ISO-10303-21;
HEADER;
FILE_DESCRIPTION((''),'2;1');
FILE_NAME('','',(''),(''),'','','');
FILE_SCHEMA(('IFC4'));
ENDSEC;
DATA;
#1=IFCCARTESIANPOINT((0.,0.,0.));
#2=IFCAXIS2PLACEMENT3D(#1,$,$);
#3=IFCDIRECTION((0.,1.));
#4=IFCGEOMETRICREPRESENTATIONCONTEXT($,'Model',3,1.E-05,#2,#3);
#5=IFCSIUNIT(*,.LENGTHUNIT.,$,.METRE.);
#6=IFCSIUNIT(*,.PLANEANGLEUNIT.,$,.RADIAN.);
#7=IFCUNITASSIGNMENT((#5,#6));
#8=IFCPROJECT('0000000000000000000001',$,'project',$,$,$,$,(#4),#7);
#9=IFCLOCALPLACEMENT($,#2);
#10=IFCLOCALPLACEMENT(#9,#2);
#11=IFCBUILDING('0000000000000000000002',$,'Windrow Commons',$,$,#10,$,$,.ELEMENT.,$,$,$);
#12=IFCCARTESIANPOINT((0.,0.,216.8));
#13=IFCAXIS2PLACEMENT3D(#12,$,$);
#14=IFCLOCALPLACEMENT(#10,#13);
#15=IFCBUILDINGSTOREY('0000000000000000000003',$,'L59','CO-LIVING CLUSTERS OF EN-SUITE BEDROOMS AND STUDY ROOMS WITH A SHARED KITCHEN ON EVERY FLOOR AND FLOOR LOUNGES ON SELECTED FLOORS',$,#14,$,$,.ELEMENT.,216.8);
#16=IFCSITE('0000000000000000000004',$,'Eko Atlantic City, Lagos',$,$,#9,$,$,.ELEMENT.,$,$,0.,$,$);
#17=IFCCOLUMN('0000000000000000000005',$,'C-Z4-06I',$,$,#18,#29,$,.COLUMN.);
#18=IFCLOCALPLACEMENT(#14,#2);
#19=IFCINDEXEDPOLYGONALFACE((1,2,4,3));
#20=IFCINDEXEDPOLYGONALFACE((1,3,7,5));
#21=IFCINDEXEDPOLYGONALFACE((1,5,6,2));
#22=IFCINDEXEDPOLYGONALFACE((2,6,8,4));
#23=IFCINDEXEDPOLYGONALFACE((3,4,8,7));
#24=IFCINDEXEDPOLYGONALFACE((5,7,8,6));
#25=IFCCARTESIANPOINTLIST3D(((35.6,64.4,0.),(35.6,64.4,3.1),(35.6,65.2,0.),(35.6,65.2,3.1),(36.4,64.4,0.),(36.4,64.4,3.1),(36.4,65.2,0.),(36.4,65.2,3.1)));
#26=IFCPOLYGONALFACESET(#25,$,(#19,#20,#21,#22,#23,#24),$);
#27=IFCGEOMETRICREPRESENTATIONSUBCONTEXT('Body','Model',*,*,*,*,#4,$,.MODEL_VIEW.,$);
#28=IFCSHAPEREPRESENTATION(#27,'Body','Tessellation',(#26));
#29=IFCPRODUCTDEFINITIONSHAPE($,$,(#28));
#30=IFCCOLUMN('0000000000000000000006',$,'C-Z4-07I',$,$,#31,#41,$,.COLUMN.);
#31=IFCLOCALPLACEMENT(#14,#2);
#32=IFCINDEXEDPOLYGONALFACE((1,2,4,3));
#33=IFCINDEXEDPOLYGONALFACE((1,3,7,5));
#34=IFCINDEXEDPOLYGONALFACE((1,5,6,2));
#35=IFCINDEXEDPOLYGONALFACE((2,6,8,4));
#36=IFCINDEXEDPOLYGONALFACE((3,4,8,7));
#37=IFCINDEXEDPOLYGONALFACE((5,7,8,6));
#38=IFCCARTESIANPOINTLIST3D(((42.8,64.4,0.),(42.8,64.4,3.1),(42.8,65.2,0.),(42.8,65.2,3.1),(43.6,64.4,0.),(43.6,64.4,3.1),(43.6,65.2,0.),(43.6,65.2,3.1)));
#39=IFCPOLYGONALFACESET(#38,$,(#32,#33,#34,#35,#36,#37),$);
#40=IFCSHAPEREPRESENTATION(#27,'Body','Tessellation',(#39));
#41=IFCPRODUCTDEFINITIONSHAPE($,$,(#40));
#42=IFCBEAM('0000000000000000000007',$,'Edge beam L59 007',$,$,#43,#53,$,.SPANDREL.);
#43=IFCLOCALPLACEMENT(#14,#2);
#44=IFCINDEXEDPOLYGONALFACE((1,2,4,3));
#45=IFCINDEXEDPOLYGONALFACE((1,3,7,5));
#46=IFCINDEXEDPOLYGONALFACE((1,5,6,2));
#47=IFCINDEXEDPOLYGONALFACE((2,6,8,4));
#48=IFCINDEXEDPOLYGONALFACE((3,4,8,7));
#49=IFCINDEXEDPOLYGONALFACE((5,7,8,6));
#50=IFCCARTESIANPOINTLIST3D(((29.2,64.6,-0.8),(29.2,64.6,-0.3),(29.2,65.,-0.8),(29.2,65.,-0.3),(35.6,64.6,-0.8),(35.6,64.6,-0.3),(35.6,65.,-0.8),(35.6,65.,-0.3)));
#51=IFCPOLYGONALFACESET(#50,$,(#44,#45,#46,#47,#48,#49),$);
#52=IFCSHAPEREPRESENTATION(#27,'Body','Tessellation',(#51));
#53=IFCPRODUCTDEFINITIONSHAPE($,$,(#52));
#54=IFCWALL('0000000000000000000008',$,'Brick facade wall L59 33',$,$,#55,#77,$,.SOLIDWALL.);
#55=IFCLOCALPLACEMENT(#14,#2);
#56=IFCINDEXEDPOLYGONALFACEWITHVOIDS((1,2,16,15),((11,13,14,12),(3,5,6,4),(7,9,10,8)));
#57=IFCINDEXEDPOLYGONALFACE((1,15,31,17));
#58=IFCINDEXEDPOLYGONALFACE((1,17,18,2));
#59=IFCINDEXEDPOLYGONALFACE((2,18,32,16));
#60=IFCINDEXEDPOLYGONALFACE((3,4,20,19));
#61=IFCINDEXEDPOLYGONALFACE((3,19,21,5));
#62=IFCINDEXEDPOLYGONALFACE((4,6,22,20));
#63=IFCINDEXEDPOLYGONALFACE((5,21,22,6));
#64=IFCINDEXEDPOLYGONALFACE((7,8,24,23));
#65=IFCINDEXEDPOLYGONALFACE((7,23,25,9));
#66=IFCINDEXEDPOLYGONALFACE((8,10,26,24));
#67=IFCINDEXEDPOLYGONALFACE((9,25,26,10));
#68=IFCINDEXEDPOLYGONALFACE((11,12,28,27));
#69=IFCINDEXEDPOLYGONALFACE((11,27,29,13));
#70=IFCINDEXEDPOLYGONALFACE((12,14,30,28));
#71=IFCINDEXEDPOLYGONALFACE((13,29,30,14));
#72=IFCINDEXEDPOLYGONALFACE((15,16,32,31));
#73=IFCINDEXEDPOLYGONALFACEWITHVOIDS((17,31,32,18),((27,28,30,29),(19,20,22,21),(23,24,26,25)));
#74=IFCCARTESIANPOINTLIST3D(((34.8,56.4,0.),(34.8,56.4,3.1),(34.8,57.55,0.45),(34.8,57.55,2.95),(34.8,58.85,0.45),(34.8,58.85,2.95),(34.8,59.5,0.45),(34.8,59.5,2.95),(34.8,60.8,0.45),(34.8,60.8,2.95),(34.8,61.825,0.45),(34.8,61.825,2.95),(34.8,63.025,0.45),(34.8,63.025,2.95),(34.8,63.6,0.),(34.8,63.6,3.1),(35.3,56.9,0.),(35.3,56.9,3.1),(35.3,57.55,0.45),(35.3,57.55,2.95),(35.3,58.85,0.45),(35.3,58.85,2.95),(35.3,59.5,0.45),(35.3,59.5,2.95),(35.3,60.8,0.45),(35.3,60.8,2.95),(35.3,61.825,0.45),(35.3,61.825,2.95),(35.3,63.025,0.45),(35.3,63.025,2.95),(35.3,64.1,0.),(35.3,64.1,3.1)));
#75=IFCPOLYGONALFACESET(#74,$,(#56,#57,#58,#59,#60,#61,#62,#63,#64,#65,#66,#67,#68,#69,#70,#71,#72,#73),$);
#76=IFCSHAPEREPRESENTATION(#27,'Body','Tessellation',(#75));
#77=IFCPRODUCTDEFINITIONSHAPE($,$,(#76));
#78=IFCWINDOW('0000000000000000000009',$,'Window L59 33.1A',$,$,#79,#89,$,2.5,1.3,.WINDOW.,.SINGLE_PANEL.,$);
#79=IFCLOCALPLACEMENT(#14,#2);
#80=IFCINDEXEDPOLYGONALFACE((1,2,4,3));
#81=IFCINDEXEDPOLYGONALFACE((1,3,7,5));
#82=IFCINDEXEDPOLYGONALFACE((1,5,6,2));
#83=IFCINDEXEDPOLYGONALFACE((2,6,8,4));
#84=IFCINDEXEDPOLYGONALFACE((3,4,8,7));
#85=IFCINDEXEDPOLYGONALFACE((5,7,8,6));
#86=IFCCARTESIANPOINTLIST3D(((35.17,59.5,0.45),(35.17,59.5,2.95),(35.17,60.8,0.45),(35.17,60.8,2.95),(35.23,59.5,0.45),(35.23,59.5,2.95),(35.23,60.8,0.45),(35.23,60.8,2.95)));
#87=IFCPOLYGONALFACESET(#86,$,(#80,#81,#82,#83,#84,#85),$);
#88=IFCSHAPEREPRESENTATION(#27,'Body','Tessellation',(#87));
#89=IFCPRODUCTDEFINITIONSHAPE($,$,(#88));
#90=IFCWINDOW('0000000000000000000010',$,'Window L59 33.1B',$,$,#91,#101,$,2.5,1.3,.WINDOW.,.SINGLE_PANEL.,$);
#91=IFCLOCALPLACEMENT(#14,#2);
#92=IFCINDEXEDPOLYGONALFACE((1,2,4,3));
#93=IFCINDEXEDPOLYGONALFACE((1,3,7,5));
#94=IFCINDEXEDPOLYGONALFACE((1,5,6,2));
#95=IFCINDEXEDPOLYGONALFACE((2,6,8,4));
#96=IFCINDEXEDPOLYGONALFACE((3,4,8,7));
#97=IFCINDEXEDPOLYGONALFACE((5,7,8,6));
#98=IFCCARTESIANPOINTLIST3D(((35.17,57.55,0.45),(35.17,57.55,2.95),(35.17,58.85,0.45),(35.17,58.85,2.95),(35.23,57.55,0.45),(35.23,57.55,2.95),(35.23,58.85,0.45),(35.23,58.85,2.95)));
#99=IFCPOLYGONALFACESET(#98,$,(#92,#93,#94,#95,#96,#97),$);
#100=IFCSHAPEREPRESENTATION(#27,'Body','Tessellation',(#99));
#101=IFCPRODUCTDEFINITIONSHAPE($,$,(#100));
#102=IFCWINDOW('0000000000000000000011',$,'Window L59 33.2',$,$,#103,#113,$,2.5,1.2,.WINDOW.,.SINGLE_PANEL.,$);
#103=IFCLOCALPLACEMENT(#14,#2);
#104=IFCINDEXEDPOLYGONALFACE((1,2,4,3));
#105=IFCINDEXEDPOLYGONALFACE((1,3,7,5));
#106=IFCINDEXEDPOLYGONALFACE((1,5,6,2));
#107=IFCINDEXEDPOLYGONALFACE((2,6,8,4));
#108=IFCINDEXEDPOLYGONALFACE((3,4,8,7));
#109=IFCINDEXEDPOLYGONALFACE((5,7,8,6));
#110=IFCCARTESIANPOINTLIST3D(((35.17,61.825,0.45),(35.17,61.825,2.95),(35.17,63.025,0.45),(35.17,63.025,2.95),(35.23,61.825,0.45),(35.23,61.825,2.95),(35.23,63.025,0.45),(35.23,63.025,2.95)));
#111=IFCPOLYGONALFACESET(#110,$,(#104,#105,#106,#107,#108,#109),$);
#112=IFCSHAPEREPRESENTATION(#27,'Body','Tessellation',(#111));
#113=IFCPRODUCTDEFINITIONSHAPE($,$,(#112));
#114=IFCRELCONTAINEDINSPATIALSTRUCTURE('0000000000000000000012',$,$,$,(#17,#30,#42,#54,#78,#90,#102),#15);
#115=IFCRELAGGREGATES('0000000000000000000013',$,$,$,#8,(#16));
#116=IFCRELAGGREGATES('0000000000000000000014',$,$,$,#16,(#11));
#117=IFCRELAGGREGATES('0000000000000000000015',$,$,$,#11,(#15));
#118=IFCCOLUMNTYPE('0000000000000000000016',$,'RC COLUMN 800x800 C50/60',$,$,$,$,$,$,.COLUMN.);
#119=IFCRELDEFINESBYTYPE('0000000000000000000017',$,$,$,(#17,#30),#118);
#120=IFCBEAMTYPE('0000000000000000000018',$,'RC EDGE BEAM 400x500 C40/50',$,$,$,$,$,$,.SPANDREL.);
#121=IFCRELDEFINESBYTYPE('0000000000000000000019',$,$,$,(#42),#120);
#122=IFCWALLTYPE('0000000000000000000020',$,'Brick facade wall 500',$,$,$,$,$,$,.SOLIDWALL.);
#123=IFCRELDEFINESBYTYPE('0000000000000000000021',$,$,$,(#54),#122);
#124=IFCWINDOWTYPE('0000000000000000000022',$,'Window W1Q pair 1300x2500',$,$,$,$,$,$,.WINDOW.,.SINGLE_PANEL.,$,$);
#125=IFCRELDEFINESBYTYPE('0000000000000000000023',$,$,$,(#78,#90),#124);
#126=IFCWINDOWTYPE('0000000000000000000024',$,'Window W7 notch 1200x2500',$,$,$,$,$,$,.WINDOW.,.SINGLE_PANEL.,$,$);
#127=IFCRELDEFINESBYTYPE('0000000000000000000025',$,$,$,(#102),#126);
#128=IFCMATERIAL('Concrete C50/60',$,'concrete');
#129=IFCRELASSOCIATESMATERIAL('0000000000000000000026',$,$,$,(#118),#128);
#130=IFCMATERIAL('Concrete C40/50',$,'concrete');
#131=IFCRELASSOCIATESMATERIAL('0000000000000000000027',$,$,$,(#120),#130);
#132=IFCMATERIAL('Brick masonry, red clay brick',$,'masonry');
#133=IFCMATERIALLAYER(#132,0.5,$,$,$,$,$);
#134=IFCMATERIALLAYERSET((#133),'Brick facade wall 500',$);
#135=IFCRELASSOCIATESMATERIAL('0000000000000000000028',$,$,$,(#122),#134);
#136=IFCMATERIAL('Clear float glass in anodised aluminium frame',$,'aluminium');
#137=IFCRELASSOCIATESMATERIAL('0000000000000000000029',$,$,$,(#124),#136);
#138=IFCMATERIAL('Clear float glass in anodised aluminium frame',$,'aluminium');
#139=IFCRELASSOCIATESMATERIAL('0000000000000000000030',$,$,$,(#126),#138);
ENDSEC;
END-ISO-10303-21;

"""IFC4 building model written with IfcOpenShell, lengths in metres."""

from ifc_helpers import new_model, si_unit, direction, frame, frame_2d, origin, origin_2d, place, context, subcontext, project, spatial, polyline, rectangle, outline, extrude, material, layer, layer_set, material_profile, profile_set, type_object, element, fill, save


model = new_model("IFC4")

# Units and contexts
model_context = context("Model", 3, precision=1e-05, world=origin(), true_north=direction((0.0, 1.0)))
body_context = subcontext(model_context, "Body", "Model", "MODEL_VIEW")
ifc_project = project(units=[si_unit("LENGTHUNIT", "METRE"), si_unit("PLANEANGLEUNIT", "RADIAN")], contexts=[model_context])

# Site, building, storey
site_placement = place(None, origin())
site = spatial("IfcSite", under=ifc_project, at=site_placement, Name="Eko Atlantic City, Lagos", CompositionType="ELEMENT", RefElevation=0.0)
building_placement = place(site_placement, origin())
building = spatial("IfcBuilding", under=site, at=building_placement, Name="Windrow Commons", CompositionType="ELEMENT")
storey_placement = place(building_placement, frame((0.0, 0.0, 216.8)))
storey = spatial("IfcBuildingStorey", under=building, at=storey_placement, Name="L59", Description="CO-LIVING CLUSTERS OF EN-SUITE BEDROOMS AND STUDY ROOMS WITH A SHARED KITCHEN ON EVERY FLOOR AND FLOOR LOUNGES ON SELECTED FLOORS", CompositionType="ELEMENT", Elevation=216.8)

# Columns
ifc_material_1 = material(Name="Concrete C50/60", Category="concrete")
ifc_material_profile_1 = material_profile(ifc_material_1, rectangle(XDim=0.8, YDim=0.8, at=origin_2d()))
ifc_profile_set_1 = profile_set([ifc_material_profile_1], Name="Concrete C50/60")
column_type = type_object("IfcColumnType", Name="RC COLUMN 800x800 C50/60", PredefinedType="COLUMN", material=ifc_profile_set_1)
for number, where, z_axis, x_axis, name in (
    (1, (36.0, 64.8, 0.0), (0.0, 0.0, 1.0), (1.0, 0.0, 0.0), "C-Z4-06I"),
    (2, (43.2, 64.8, 0.0), (0.0, 0.0, 1.0), (1.0, 0.0, 0.0), "C-Z4-07I"),
):
    element("IfcColumn", number, at=place(storey_placement, frame(where, z_axis=z_axis, x_axis=x_axis)), inside=storey, type_object=column_type, Name=name, PredefinedType="COLUMN", context=body_context, shape_type="SweptSolid", body=[
        extrude(rectangle(XDim=0.8, YDim=0.8, at=origin_2d()), origin(), (0.0, 0.0, 1.0), 3.1),
    ])

# Beam
ifc_material_2 = material(Name="Concrete C40/50", Category="concrete")
ifc_material_profile_2 = material_profile(ifc_material_2, rectangle(XDim=0.4, YDim=0.5, at=origin_2d()))
ifc_profile_set_2 = profile_set([ifc_material_profile_2], Name="Concrete C40/50")
beam_type = type_object("IfcBeamType", Name="RC EDGE BEAM 400x500 C40/50", PredefinedType="SPANDREL", material=ifc_profile_set_2)
beam_placement = place(storey_placement, frame((35.6, 64.8, -0.55), z_axis=(-1.0, 0.0, 0.0), x_axis=(0.0, -1.0, 0.0)))
element("IfcBeam", 3, at=beam_placement, inside=storey, type_object=beam_type, Name="Edge beam L59 007", PredefinedType="SPANDREL", context=body_context, shape_type="SweptSolid", body=[
    extrude(rectangle(XDim=0.4, YDim=0.5, at=origin_2d()), origin(), (0.0, 0.0, 1.0), 6.4),
])

# Wall, openings, windows
ifc_material_3 = material(Name="Brick masonry, red clay brick", Category="masonry")
ifc_layer_1 = layer(ifc_material_3, 0.5)
ifc_layer_set_1 = layer_set([ifc_layer_1], Name="Brick facade wall 500")
wall_type_1 = type_object("IfcWallType", Name="Brick facade wall 500", PredefinedType="SOLIDWALL", material=ifc_layer_set_1)
wall_1_placement = place(storey_placement, frame((35.05, 63.85, 0.0), z_axis=(0.0, 0.0, 1.0), x_axis=(0.0, -1.0, 0.0)))
wall_1 = element("IfcWall", 4, at=wall_1_placement, inside=storey, type_object=wall_type_1, Name="Brick facade wall L59 33", PredefinedType="SOLIDWALL", context=body_context, shape_type="SweptSolid", body=[
    extrude(outline(polyline([(0.25, -0.25), (7.45, -0.25), (6.95, 0.25), (-0.25, 0.25), (0.25, -0.25)])), origin(), (0.0, 0.0, 1.0), 3.1),
])
opening_1_placement = place(wall_1_placement, frame((3.05, 0.0, 0.45)))
opening_1 = element("IfcOpeningElement", 5, at=opening_1_placement, cuts=wall_1, PredefinedType="OPENING", context=body_context, shape_type="SweptSolid", body=[
    extrude(rectangle(XDim=1.3, YDim=2.5, at=frame_2d((0.65, 1.25))), frame((0.0, 0.26, 0.0), z_axis=(0.0, -1.0, 0.0), x_axis=(1.0, 0.0, 0.0)), (0.0, 0.0, 1.0), 0.52),
])
opening_2_placement = place(wall_1_placement, frame((5.0, 0.0, 0.45)))
opening_2 = element("IfcOpeningElement", 6, at=opening_2_placement, cuts=wall_1, PredefinedType="OPENING", context=body_context, shape_type="SweptSolid", body=[
    extrude(rectangle(XDim=1.3, YDim=2.5, at=frame_2d((0.65, 1.25))), frame((0.0, 0.26, 0.0), z_axis=(0.0, -1.0, 0.0), x_axis=(1.0, 0.0, 0.0)), (0.0, 0.0, 1.0), 0.52),
])
opening_3_placement = place(wall_1_placement, frame((0.825, 0.0, 0.45)))
opening_3 = element("IfcOpeningElement", 7, at=opening_3_placement, cuts=wall_1, PredefinedType="OPENING", context=body_context, shape_type="SweptSolid", body=[
    extrude(rectangle(XDim=1.2, YDim=2.5, at=frame_2d((0.6, 1.25))), frame((0.0, 0.26, 0.0), z_axis=(0.0, -1.0, 0.0), x_axis=(1.0, 0.0, 0.0)), (0.0, 0.0, 1.0), 0.52),
])
ifc_material_4 = material(Name="Clear float glass in anodised aluminium frame", Category="aluminium")
window_type_1 = type_object("IfcWindowType", Name="Window W1Q pair 1300x2500", PartitioningType="SINGLE_PANEL", PredefinedType="WINDOW", material=ifc_material_4)
window_1_placement = place(opening_1_placement, origin())
window_1 = element("IfcWindow", 8, at=window_1_placement, inside=storey, type_object=window_type_1, Name="Window L59 33.1A", OverallHeight=2.5, OverallWidth=1.3, PartitioningType="SINGLE_PANEL", PredefinedType="WINDOW", context=body_context, shape_type="SweptSolid", body=[
    extrude(rectangle(XDim=1.3, YDim=2.5, at=frame_2d((0.65, 1.25))), frame((0.0, 0.18, 0.0), z_axis=(0.0, -1.0, 0.0), x_axis=(1.0, 0.0, 0.0)), (0.0, 0.0, 1.0), 0.06),
])
fill(opening_1, window_1)
window_2_placement = place(opening_2_placement, origin())
window_2 = element("IfcWindow", 9, at=window_2_placement, inside=storey, type_object=window_type_1, Name="Window L59 33.1B", OverallHeight=2.5, OverallWidth=1.3, PartitioningType="SINGLE_PANEL", PredefinedType="WINDOW", context=body_context, shape_type="SweptSolid", body=[
    extrude(rectangle(XDim=1.3, YDim=2.5, at=frame_2d((0.65, 1.25))), frame((0.0, 0.18, 0.0), z_axis=(0.0, -1.0, 0.0), x_axis=(1.0, 0.0, 0.0)), (0.0, 0.0, 1.0), 0.06),
])
fill(opening_2, window_2)
ifc_material_5 = material(Name="Clear float glass in anodised aluminium frame", Category="aluminium")
window_type_2 = type_object("IfcWindowType", Name="Window W7 notch 1200x2500", PartitioningType="SINGLE_PANEL", PredefinedType="WINDOW", material=ifc_material_5)
window_3_placement = place(opening_3_placement, origin())
window_3 = element("IfcWindow", 10, at=window_3_placement, inside=storey, type_object=window_type_2, Name="Window L59 33.2", OverallHeight=2.5, OverallWidth=1.2, PartitioningType="SINGLE_PANEL", PredefinedType="WINDOW", context=body_context, shape_type="SweptSolid", body=[
    extrude(rectangle(XDim=1.2, YDim=2.5, at=frame_2d((0.6, 1.25))), frame((0.0, 0.18, 0.0), z_axis=(0.0, -1.0, 0.0), x_axis=(1.0, 0.0, 0.0)), (0.0, 0.0, 1.0), 0.06),
])
fill(opening_3, window_3)

save(model, "model.ifc")
